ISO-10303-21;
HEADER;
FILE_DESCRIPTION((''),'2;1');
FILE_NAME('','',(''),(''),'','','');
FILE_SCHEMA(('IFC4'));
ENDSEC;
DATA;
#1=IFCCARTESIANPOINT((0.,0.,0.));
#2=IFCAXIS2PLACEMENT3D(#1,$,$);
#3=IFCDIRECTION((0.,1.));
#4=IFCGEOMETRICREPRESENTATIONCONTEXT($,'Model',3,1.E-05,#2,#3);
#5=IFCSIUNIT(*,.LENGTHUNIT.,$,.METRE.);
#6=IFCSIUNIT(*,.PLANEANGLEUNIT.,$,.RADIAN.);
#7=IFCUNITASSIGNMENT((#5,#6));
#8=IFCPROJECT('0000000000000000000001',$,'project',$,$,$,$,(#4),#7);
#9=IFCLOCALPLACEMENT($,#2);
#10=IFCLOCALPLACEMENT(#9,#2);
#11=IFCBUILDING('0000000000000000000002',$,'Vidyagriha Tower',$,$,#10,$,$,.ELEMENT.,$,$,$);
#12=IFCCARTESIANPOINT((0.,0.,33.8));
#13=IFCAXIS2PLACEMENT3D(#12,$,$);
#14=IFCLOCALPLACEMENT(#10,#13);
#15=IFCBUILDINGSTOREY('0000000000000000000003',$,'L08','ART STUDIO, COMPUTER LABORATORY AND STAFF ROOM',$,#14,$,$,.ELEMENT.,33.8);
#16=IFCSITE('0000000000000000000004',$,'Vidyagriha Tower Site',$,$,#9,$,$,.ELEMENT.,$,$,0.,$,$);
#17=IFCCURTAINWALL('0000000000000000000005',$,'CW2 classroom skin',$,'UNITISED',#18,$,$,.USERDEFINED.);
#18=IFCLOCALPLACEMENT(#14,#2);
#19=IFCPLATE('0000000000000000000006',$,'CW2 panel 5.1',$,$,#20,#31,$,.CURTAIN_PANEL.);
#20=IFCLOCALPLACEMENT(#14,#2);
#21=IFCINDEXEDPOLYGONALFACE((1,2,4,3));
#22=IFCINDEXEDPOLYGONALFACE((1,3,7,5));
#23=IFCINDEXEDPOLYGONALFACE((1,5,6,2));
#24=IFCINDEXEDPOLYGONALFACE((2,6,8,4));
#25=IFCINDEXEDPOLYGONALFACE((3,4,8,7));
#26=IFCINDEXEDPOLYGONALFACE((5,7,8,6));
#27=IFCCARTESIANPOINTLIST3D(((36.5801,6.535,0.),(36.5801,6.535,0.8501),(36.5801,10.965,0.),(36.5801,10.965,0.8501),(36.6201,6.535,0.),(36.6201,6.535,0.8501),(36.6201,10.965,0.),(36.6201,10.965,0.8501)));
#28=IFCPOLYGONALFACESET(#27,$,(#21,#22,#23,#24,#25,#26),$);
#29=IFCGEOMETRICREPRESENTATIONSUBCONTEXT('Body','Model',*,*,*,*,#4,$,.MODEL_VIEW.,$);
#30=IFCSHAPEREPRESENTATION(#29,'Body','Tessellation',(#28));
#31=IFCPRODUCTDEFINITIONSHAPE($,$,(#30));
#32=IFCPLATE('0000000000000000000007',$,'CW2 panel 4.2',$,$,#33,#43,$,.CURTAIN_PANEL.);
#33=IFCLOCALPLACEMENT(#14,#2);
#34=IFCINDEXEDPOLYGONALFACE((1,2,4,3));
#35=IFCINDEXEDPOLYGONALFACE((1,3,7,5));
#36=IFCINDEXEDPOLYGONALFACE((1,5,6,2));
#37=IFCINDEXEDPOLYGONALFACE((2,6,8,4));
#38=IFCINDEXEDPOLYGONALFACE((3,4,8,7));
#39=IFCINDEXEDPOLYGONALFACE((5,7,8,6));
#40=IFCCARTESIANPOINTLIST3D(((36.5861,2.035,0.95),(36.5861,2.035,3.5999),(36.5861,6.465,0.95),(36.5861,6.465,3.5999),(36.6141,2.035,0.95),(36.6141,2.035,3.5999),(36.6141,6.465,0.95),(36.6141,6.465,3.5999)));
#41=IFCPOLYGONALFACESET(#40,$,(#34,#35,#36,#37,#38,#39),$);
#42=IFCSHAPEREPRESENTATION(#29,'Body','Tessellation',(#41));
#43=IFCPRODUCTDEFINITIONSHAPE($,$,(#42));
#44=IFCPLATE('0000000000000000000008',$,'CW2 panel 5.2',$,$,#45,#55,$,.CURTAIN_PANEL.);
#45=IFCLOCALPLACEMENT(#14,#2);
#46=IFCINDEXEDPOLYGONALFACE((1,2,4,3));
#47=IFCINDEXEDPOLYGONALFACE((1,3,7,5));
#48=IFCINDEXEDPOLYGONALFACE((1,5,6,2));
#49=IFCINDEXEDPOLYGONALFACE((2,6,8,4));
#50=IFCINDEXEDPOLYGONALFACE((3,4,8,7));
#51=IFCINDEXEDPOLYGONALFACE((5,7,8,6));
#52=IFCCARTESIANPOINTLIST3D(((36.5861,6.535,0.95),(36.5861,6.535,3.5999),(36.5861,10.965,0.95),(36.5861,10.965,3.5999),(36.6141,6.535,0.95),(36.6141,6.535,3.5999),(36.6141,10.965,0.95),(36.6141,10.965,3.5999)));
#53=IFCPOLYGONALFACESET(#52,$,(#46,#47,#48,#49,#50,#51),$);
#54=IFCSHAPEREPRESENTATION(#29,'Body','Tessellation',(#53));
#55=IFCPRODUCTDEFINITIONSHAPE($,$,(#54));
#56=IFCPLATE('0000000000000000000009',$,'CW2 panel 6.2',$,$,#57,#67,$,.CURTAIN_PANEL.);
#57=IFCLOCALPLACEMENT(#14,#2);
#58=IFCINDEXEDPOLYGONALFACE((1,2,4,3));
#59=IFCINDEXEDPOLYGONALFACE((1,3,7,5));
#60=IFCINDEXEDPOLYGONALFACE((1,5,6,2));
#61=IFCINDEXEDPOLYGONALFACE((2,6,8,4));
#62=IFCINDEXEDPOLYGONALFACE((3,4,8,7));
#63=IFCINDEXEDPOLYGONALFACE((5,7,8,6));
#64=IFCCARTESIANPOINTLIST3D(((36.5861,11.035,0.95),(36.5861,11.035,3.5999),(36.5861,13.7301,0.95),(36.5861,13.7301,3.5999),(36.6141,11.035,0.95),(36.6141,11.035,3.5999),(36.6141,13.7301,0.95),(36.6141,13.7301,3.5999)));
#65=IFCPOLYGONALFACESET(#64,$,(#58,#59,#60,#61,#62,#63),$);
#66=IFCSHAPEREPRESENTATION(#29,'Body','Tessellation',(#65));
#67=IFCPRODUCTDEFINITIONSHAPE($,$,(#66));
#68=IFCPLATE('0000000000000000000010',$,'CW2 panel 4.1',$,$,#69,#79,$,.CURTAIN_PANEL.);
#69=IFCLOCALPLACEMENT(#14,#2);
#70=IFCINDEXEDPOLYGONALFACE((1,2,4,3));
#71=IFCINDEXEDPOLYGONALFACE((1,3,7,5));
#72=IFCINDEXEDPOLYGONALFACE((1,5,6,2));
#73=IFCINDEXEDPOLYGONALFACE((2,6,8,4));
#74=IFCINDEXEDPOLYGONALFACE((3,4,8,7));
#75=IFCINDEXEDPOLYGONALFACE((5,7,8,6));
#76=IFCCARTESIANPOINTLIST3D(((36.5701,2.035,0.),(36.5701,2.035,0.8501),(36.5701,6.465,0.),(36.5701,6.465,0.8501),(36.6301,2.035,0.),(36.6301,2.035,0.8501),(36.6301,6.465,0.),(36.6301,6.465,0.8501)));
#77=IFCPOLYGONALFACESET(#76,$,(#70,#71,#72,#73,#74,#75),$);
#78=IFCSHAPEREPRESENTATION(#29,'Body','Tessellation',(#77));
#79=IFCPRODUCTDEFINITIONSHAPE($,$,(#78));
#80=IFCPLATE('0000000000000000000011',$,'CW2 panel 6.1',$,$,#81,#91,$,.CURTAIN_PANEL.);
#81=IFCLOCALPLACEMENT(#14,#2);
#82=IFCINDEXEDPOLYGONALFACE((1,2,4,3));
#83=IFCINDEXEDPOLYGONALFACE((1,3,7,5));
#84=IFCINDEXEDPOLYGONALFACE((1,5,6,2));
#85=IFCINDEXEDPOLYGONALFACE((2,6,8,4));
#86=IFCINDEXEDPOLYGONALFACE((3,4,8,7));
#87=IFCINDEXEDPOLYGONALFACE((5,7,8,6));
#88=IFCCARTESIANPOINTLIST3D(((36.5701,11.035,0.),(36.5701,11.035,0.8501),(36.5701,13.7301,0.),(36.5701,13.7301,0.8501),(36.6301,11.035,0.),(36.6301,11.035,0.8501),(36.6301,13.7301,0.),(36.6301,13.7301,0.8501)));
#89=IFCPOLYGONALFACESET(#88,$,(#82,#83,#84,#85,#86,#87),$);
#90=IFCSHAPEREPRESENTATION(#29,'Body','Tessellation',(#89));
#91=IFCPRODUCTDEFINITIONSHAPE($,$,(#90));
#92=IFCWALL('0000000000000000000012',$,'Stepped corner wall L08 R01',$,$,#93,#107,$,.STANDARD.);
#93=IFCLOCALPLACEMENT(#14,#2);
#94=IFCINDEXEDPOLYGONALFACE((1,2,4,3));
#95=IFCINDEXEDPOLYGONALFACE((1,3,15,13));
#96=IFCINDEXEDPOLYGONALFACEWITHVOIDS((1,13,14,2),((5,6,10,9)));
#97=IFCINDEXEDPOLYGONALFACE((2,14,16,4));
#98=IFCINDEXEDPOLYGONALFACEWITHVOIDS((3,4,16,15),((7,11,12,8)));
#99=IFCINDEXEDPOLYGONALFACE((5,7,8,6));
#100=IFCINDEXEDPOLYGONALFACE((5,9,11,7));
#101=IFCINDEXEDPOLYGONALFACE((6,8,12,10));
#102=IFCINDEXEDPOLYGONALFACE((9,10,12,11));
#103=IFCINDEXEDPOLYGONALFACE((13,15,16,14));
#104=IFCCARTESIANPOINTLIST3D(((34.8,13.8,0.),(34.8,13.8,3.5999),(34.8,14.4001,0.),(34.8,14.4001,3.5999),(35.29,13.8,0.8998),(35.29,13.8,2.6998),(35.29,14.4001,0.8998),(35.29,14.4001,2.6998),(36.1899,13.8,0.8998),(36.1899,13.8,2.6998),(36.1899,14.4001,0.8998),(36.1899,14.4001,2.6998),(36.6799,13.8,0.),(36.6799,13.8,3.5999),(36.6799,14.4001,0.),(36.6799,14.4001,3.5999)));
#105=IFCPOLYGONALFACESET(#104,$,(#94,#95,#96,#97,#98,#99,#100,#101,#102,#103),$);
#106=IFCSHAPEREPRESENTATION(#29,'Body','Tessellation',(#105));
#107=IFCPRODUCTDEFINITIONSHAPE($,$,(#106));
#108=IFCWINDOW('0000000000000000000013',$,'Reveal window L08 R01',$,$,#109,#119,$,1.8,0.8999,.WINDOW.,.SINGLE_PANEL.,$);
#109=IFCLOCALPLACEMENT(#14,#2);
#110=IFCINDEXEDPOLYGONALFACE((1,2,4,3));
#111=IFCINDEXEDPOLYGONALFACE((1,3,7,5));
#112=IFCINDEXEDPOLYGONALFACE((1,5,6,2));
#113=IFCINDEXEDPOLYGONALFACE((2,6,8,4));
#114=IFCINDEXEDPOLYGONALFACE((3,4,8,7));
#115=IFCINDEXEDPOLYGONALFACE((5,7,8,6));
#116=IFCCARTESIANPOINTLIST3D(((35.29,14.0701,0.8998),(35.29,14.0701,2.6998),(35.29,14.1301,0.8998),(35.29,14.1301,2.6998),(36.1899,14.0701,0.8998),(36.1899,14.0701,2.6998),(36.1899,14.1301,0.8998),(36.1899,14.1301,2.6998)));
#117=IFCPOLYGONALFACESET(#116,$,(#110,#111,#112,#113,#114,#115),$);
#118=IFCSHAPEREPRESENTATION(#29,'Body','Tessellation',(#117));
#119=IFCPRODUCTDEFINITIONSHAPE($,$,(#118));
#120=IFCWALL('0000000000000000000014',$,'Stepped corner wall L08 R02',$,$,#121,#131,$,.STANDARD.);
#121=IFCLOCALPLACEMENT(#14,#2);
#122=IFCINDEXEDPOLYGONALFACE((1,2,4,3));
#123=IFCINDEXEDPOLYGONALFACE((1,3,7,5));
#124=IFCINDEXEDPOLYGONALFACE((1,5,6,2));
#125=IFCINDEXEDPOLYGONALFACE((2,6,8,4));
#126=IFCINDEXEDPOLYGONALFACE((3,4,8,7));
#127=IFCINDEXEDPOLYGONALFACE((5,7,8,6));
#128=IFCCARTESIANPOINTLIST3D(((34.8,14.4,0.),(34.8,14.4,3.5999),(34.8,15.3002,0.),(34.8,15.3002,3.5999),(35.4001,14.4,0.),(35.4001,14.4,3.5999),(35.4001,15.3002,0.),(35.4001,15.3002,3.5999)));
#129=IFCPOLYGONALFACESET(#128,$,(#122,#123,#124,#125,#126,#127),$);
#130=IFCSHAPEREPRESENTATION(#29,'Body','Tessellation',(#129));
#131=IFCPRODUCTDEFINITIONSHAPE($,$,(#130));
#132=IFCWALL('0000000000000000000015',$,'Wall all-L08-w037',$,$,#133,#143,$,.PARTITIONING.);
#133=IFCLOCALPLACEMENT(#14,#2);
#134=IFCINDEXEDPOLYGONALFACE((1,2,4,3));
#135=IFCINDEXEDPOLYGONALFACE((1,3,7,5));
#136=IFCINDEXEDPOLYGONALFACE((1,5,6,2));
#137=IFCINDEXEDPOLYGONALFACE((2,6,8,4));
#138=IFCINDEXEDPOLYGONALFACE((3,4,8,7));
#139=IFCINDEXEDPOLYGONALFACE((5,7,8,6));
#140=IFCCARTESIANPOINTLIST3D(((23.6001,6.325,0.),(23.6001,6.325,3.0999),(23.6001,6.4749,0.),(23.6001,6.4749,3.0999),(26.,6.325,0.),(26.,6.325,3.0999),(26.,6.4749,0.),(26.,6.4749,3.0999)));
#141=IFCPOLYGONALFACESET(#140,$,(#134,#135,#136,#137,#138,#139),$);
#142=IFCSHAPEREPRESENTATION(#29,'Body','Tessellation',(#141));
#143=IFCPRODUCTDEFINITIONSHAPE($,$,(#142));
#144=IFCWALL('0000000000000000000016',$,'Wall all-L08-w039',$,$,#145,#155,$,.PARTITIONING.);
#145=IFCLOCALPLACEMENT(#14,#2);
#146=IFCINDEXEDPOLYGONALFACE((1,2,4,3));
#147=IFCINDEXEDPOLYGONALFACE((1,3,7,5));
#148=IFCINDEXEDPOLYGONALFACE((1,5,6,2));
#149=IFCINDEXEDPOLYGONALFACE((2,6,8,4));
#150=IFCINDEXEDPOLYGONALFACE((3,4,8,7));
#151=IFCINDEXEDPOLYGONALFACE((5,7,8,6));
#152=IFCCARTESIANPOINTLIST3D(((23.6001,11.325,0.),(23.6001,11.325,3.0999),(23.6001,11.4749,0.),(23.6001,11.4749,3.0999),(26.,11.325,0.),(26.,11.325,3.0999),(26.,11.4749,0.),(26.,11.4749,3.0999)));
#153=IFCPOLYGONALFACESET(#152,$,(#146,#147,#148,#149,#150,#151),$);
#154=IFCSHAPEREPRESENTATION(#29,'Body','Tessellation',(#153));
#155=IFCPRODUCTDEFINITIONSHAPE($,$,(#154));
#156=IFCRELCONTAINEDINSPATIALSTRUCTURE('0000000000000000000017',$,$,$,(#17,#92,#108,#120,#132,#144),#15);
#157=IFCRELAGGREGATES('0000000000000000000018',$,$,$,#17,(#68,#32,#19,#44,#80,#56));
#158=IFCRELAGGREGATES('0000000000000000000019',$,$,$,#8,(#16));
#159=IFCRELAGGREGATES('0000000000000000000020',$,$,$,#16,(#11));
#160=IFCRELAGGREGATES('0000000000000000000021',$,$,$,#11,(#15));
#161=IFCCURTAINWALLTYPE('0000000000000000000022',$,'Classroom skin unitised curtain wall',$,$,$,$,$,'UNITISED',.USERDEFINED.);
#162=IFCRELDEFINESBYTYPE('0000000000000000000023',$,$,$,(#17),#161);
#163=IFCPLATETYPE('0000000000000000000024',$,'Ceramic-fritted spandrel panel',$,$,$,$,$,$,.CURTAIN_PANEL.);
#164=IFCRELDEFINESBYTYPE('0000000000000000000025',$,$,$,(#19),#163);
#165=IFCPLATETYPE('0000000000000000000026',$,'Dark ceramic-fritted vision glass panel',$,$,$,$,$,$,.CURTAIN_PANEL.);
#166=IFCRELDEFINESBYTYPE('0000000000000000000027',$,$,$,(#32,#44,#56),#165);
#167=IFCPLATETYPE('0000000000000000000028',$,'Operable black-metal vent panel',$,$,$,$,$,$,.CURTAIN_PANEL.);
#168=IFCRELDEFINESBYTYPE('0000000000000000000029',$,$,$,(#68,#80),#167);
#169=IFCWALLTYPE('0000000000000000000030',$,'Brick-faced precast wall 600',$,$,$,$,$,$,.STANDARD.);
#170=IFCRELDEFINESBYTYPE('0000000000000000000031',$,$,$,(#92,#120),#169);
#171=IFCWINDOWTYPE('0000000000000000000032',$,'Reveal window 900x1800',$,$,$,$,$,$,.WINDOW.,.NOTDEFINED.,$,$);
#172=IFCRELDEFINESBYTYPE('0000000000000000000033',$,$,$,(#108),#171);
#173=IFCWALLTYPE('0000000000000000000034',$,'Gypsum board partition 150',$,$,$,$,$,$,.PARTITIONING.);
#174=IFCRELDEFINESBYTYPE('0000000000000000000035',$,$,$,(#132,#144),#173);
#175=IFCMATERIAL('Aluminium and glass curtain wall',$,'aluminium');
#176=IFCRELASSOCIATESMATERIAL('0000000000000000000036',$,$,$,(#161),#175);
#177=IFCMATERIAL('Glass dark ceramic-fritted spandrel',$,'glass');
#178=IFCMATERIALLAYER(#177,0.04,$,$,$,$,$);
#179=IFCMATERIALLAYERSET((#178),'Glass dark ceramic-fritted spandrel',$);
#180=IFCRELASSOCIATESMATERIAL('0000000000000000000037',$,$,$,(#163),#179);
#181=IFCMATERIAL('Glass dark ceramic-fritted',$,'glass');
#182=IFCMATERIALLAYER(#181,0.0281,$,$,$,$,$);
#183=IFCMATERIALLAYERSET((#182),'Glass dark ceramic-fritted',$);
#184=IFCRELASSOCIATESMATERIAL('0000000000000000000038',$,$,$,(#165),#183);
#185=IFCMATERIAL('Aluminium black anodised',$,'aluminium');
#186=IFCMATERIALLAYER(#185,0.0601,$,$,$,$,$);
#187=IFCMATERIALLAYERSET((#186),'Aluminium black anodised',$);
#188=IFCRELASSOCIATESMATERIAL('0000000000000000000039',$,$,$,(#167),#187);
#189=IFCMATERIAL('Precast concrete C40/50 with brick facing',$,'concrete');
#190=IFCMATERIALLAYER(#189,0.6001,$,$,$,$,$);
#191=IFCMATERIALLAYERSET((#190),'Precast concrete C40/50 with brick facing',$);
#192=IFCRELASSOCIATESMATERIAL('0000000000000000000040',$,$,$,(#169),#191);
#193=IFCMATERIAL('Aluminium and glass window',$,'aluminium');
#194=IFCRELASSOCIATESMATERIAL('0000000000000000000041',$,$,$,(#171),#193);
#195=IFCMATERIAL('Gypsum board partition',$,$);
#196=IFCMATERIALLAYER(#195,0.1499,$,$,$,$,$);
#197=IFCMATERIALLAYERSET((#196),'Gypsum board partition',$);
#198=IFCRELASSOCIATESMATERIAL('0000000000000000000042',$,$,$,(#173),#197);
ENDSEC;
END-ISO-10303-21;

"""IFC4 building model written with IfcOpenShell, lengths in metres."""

from ifc_helpers import new_model, si_unit, direction, frame, frame_2d, origin, origin_2d, place, context, subcontext, project, spatial, rectangle, extrude, material, layer, layer_set, type_object, element, fill, aggregate, save


model = new_model("IFC4")

# Units and contexts
model_context = context("Model", 3, precision=1e-05, world=origin(), true_north=direction((0.0, 1.0)))
body_context = subcontext(model_context, "Body", "Model", "MODEL_VIEW")
ifc_project = project(units=[si_unit("LENGTHUNIT", "METRE"), si_unit("PLANEANGLEUNIT", "RADIAN")], contexts=[model_context])

# Site, building, storey
site_placement = place(None, origin())
site = spatial("IfcSite", under=ifc_project, at=site_placement, Name="Vidyagriha Tower Site", CompositionType="ELEMENT", RefElevation=0.0)
building_placement = place(site_placement, origin())
building = spatial("IfcBuilding", under=site, at=building_placement, Name="Vidyagriha Tower", CompositionType="ELEMENT")
storey_placement = place(building_placement, frame((0.0, 0.0, 33.8)))
storey = spatial("IfcBuildingStorey", under=building, at=storey_placement, Name="L08", Description="ART STUDIO, COMPUTER LABORATORY AND STAFF ROOM", CompositionType="ELEMENT", Elevation=33.8)

# Curtain wall, plates
ifc_material_1 = material(Name="Aluminium and glass curtain wall", Category="aluminium")
curtain_wall_type = type_object("IfcCurtainWallType", Name="Classroom skin unitised curtain wall", ElementType="UNITISED", PredefinedType="USERDEFINED", material=ifc_material_1)
curtain_wall_placement = place(storey_placement, origin())
curtain_wall = element("IfcCurtainWall", 1, at=curtain_wall_placement, inside=storey, type_object=curtain_wall_type, Name="CW2 classroom skin", ObjectType="UNITISED", PredefinedType="USERDEFINED")
ifc_material_2 = material(Name="Glass dark ceramic-fritted spandrel", Category="glass")
ifc_layer_1 = layer(ifc_material_2, 0.04)
ifc_layer_set_1 = layer_set([ifc_layer_1], Name="Glass dark ceramic-fritted spandrel")
plate_type_1 = type_object("IfcPlateType", Name="Ceramic-fritted spandrel panel", PredefinedType="CURTAIN_PANEL", material=ifc_layer_set_1)
plate_1_placement = place(storey_placement, frame((36.6001, 8.75, 0.0), z_axis=(0.0, 0.0, 1.0), x_axis=(0.0, 1.0, 0.0)))
plate_1 = element("IfcPlate", 2, at=plate_1_placement, type_object=plate_type_1, Name="CW2 panel 5.1", PredefinedType="CURTAIN_PANEL", context=body_context, shape_type="SweptSolid", body=[
    extrude(rectangle(XDim=4.4299, YDim=0.04, at=origin_2d()), origin(), (0.0, 0.0, 1.0), 0.8501),
])
ifc_material_3 = material(Name="Glass dark ceramic-fritted", Category="glass")
ifc_layer_2 = layer(ifc_material_3, 0.0281)
ifc_layer_set_2 = layer_set([ifc_layer_2], Name="Glass dark ceramic-fritted")
plate_type_2 = type_object("IfcPlateType", Name="Dark ceramic-fritted vision glass panel", PredefinedType="CURTAIN_PANEL", material=ifc_layer_set_2)
plate_2_placement = place(storey_placement, frame((36.6001, 4.25, 0.95), z_axis=(0.0, 0.0, 1.0), x_axis=(0.0, 1.0, 0.0)))
plate_2 = element("IfcPlate", 3, at=plate_2_placement, type_object=plate_type_2, Name="CW2 panel 4.2", PredefinedType="CURTAIN_PANEL", context=body_context, shape_type="SweptSolid", body=[
    extrude(rectangle(XDim=4.4299, YDim=0.0281, at=origin_2d()), origin(), (0.0, 0.0, 1.0), 2.6499),
])
plate_3_placement = place(storey_placement, frame((36.6001, 8.75, 0.95), z_axis=(0.0, 0.0, 1.0), x_axis=(0.0, 1.0, 0.0)))
plate_3 = element("IfcPlate", 4, at=plate_3_placement, type_object=plate_type_2, Name="CW2 panel 5.2", PredefinedType="CURTAIN_PANEL", context=body_context, shape_type="SweptSolid", body=[
    extrude(rectangle(XDim=4.4299, YDim=0.0281, at=origin_2d()), origin(), (0.0, 0.0, 1.0), 2.6499),
])
plate_4_placement = place(storey_placement, frame((36.6001, 12.3826, 0.95), z_axis=(0.0, 0.0, 1.0), x_axis=(0.0, 1.0, 0.0)))
plate_4 = element("IfcPlate", 5, at=plate_4_placement, type_object=plate_type_2, Name="CW2 panel 6.2", PredefinedType="CURTAIN_PANEL", context=body_context, shape_type="SweptSolid", body=[
    extrude(rectangle(XDim=2.6951, YDim=0.0281, at=origin_2d()), origin(), (0.0, 0.0, 1.0), 2.6499),
])
ifc_material_4 = material(Name="Aluminium black anodised", Category="aluminium")
ifc_layer_3 = layer(ifc_material_4, 0.0601)
ifc_layer_set_3 = layer_set([ifc_layer_3], Name="Aluminium black anodised")
plate_type_3 = type_object("IfcPlateType", Name="Operable black-metal vent panel", PredefinedType="CURTAIN_PANEL", material=ifc_layer_set_3)
plate_5_placement = place(storey_placement, frame((36.6001, 4.25, 0.0), z_axis=(0.0, 0.0, 1.0), x_axis=(0.0, 1.0, 0.0)))
plate_5 = element("IfcPlate", 6, at=plate_5_placement, type_object=plate_type_3, Name="CW2 panel 4.1", PredefinedType="CURTAIN_PANEL", context=body_context, shape_type="SweptSolid", body=[
    extrude(rectangle(XDim=4.4299, YDim=0.0601, at=origin_2d()), origin(), (0.0, 0.0, 1.0), 0.8501),
])
plate_6_placement = place(storey_placement, frame((36.6001, 12.3826, 0.0), z_axis=(0.0, 0.0, 1.0), x_axis=(0.0, 1.0, 0.0)))
plate_6 = element("IfcPlate", 7, at=plate_6_placement, type_object=plate_type_3, Name="CW2 panel 6.1", PredefinedType="CURTAIN_PANEL", context=body_context, shape_type="SweptSolid", body=[
    extrude(rectangle(XDim=2.6951, YDim=0.0601, at=origin_2d()), origin(), (0.0, 0.0, 1.0), 0.8501),
])
aggregate(curtain_wall, [plate_5, plate_2, plate_1, plate_3, plate_6, plate_4])

# Wall, opening, window
ifc_material_5 = material(Name="Precast concrete C40/50 with brick facing", Category="concrete")
ifc_layer_4 = layer(ifc_material_5, 0.6001)
ifc_layer_set_4 = layer_set([ifc_layer_4], Name="Precast concrete C40/50 with brick facing")
wall_type_1 = type_object("IfcWallType", Name="Brick-faced precast wall 600", PredefinedType="STANDARD", material=ifc_layer_set_4)
wall_1_placement = place(storey_placement, frame((36.6799, 14.1001, 0.0), z_axis=(0.0, 0.0, 1.0), x_axis=(-1.0, 0.0, 0.0)))
wall_1 = element("IfcWall", 8, at=wall_1_placement, inside=storey, type_object=wall_type_1, Name="Stepped corner wall L08 R01", PredefinedType="STANDARD", context=body_context, shape_type="SweptSolid", body=[
    extrude(rectangle(XDim=1.8799, YDim=0.6001, at=frame_2d((0.9399, 0.0))), origin(), (0.0, 0.0, 1.0), 3.5999),
])
opening_placement = place(wall_1_placement, frame((0.49, 0.0, 0.8999)))
opening = element("IfcOpeningElement", 9, at=opening_placement, cuts=wall_1, PredefinedType="OPENING", context=body_context, shape_type="SweptSolid", body=[
    extrude(rectangle(XDim=0.8999, YDim=1.8, at=frame_2d((0.45, 0.8999))), frame((0.0, 0.3101, 0.0), z_axis=(0.0, -1.0, 0.0), x_axis=(1.0, 0.0, 0.0)), (0.0, 0.0, 1.0), 0.6201),
])
ifc_material_6 = material(Name="Aluminium and glass window", Category="aluminium")
window_type = type_object("IfcWindowType", Name="Reveal window 900x1800", PartitioningType="NOTDEFINED", PredefinedType="WINDOW", material=ifc_material_6)
window_placement = place(opening_placement, origin())
window = element("IfcWindow", 10, at=window_placement, inside=storey, type_object=window_type, Name="Reveal window L08 R01", OverallHeight=1.8, OverallWidth=0.8999, PartitioningType="SINGLE_PANEL", PredefinedType="WINDOW", context=body_context, shape_type="SweptSolid", body=[
    extrude(rectangle(XDim=0.8999, YDim=1.8, at=frame_2d((0.45, 0.8999))), frame((0.0, 0.03, 0.0), z_axis=(0.0, -1.0, 0.0), x_axis=(1.0, 0.0, 0.0)), (0.0, 0.0, 1.0), 0.0601),
])
fill(opening, window)

# Walls
wall_2_placement = place(storey_placement, frame((35.1001, 14.3999, 0.0), z_axis=(0.0, 0.0, 1.0), x_axis=(0.0, 1.0, 0.0)))
element("IfcWall", 11, at=wall_2_placement, inside=storey, type_object=wall_type_1, Name="Stepped corner wall L08 R02", PredefinedType="STANDARD", context=body_context, shape_type="SweptSolid", body=[
    extrude(rectangle(XDim=0.9001, YDim=0.6001, at=frame_2d((0.4502, 0.0))), origin(), (0.0, 0.0, 1.0), 3.5999),
])
ifc_material_7 = material(Name="Gypsum board partition")
ifc_layer_5 = layer(ifc_material_7, 0.1499)
ifc_layer_set_5 = layer_set([ifc_layer_5], Name="Gypsum board partition")
wall_type_2 = type_object("IfcWallType", Name="Gypsum board partition 150", PredefinedType="PARTITIONING", material=ifc_layer_set_5)
for number, where, name in (
    (12, (23.6001, 6.3999, 0.0), "Wall all-L08-w037"),
    (13, (23.6001, 11.3999, 0.0), "Wall all-L08-w039"),
):
    element("IfcWall", number, at=place(storey_placement, frame(where)), inside=storey, type_object=wall_type_2, Name=name, PredefinedType="PARTITIONING", context=body_context, shape_type="SweptSolid", body=[
        extrude(rectangle(XDim=2.3999, YDim=0.1499, at=frame_2d((1.2, 0.0))), origin(), (0.0, 0.0, 1.0), 3.0999),
    ])

save(model, "model.ifc")
